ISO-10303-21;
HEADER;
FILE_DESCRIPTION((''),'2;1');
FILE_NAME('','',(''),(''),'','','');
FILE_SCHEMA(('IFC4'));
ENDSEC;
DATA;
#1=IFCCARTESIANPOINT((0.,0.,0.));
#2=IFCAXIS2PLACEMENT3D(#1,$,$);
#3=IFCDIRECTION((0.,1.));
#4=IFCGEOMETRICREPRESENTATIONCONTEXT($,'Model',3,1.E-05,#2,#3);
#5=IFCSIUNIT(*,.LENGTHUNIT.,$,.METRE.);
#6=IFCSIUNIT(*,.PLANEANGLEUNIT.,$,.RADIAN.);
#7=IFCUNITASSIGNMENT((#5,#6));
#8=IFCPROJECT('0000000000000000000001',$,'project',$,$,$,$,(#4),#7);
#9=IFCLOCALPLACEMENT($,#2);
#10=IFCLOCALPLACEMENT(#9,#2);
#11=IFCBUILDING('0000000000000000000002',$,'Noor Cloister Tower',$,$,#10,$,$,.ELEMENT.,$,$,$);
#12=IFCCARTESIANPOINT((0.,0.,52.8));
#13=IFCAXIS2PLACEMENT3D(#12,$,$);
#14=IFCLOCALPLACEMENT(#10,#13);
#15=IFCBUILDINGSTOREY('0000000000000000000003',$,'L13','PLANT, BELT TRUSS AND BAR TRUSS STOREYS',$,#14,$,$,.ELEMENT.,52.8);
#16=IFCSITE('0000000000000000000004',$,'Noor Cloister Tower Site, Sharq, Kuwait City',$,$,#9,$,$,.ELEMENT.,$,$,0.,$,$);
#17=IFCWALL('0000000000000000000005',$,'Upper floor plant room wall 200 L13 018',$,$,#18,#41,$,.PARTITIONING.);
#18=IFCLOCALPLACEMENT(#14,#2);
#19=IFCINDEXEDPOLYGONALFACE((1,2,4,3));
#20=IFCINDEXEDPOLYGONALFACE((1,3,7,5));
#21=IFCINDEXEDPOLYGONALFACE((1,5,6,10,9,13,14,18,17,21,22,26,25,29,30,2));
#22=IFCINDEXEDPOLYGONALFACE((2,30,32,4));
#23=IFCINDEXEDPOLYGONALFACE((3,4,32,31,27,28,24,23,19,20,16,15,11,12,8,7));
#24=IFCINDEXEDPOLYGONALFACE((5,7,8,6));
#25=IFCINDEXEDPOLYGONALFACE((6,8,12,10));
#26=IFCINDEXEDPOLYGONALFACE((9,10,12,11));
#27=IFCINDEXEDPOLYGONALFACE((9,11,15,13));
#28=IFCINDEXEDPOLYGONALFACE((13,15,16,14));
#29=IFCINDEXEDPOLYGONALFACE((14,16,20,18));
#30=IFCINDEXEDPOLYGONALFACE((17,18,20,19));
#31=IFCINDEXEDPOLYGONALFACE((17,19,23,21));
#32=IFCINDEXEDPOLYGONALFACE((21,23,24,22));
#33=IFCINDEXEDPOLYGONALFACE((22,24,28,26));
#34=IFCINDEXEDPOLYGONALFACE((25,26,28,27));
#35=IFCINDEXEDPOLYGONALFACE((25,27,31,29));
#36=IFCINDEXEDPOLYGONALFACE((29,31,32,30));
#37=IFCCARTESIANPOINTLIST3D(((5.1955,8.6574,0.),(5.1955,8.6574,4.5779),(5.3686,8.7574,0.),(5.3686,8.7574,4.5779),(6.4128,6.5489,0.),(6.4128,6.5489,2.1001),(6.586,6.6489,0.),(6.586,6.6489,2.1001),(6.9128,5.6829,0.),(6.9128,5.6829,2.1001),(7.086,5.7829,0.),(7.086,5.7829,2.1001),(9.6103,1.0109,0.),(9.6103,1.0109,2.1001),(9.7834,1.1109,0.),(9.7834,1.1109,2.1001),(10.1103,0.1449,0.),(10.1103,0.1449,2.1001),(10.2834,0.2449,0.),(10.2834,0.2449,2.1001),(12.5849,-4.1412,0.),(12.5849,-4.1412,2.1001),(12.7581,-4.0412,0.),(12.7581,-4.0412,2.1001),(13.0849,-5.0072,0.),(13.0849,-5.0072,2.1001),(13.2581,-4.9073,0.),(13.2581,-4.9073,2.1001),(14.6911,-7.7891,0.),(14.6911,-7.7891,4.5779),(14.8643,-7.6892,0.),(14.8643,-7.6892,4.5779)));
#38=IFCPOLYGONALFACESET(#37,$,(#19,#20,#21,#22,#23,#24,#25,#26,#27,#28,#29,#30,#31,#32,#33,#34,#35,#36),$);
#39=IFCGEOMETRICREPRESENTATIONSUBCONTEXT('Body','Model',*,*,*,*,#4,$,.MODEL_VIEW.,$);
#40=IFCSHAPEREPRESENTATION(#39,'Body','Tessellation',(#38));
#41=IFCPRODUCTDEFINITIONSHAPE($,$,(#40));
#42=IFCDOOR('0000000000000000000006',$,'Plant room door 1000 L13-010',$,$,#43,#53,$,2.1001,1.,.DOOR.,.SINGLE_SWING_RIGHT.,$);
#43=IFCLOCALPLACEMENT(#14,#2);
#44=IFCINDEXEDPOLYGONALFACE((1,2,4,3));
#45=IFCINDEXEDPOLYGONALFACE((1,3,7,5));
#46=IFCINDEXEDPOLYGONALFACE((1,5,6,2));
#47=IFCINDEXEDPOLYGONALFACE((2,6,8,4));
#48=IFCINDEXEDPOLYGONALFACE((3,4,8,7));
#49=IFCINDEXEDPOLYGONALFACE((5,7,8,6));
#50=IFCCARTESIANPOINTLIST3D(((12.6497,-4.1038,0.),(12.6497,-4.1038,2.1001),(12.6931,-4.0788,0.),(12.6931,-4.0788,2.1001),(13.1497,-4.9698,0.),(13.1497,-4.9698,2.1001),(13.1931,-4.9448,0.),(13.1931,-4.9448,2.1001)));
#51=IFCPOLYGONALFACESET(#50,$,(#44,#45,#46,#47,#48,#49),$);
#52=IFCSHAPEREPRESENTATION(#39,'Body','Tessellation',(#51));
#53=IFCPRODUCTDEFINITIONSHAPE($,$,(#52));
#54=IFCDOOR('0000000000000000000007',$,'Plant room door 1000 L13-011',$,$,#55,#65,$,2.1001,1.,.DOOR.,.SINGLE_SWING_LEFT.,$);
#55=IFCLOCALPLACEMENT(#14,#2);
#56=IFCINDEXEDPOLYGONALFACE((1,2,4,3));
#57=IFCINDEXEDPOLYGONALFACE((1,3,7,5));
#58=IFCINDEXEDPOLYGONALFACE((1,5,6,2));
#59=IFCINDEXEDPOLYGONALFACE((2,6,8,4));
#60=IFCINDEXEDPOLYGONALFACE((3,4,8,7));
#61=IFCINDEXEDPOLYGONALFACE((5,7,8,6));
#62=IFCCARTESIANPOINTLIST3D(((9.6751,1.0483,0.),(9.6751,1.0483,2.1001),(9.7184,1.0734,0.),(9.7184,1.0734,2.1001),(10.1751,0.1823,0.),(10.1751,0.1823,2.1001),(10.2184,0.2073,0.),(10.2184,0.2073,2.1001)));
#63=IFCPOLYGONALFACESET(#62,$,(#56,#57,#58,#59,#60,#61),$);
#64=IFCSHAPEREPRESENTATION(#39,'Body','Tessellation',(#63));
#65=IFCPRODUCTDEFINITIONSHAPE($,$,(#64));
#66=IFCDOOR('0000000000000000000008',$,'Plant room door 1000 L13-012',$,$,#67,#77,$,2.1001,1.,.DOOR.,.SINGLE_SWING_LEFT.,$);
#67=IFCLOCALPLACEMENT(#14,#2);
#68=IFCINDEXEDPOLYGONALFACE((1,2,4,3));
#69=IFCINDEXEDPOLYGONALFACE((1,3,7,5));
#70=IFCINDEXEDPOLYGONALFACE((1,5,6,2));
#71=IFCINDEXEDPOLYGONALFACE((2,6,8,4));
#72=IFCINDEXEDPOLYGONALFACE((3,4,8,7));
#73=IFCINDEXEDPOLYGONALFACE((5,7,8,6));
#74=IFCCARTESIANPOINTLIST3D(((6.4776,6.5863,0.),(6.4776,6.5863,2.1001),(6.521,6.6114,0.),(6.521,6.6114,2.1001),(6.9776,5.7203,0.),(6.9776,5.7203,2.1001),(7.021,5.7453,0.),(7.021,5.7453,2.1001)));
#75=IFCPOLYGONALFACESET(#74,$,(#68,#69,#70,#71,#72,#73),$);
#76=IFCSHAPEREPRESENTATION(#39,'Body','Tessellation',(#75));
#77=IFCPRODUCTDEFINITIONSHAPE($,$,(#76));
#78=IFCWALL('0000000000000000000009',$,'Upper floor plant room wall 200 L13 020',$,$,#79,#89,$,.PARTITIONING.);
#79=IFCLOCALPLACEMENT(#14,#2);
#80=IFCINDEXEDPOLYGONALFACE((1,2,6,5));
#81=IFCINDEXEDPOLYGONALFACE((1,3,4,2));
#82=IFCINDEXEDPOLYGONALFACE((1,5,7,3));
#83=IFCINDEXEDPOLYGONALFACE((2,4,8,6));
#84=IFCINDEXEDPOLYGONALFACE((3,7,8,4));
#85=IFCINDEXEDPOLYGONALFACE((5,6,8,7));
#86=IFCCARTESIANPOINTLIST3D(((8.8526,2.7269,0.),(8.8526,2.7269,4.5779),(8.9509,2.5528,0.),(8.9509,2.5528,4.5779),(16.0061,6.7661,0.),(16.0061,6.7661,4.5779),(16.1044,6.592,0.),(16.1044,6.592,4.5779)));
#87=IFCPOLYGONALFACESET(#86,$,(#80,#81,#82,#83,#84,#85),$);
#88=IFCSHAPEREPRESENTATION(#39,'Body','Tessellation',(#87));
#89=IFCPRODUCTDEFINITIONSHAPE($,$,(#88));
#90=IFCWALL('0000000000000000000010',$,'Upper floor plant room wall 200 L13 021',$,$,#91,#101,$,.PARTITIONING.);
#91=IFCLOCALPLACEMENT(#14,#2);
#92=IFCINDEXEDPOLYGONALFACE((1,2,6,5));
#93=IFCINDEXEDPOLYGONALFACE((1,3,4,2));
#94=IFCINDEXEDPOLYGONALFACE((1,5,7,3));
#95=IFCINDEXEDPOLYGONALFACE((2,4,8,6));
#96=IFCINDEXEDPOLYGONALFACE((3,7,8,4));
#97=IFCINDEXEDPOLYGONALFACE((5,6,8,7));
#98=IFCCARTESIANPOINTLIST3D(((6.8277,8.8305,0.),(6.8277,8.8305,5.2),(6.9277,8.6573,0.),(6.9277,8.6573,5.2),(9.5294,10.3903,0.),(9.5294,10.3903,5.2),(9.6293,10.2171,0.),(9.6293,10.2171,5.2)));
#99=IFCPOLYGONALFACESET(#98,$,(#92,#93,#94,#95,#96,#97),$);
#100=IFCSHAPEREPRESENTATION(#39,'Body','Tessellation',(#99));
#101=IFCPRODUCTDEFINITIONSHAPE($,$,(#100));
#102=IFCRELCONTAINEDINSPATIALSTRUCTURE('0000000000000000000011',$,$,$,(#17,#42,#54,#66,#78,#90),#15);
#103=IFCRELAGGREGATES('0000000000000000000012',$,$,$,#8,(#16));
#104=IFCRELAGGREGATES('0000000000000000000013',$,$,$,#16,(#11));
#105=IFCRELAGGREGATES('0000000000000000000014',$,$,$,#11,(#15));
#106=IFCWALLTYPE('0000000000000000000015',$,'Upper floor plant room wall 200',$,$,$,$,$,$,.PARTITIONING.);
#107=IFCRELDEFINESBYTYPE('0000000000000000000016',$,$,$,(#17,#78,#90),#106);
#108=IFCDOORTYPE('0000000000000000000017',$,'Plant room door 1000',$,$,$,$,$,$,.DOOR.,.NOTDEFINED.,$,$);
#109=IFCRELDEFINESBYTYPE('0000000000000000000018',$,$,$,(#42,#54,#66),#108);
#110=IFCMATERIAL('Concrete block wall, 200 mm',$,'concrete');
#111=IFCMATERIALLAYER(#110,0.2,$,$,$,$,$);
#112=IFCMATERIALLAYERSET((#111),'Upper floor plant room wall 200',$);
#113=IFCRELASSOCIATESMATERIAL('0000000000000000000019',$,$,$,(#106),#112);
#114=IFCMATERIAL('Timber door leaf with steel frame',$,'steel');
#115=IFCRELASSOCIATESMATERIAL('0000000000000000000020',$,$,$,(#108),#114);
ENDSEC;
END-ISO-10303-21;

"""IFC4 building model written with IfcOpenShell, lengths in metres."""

from ifc_helpers import new_model, si_unit, direction, frame, frame_2d, origin, place, context, subcontext, project, spatial, rectangle, extrude, material, layer, layer_set, type_object, element, fill, save


model = new_model("IFC4")

# Units and contexts
model_context = context("Model", 3, precision=1e-05, world=origin(), true_north=direction((0.0, 1.0)))
body_context = subcontext(model_context, "Body", "Model", "MODEL_VIEW")
ifc_project = project(units=[si_unit("LENGTHUNIT", "METRE"), si_unit("PLANEANGLEUNIT", "RADIAN")], contexts=[model_context])

# Site, building, storey
site_placement = place(None, origin())
site = spatial("IfcSite", under=ifc_project, at=site_placement, Name="Noor Cloister Tower Site, Sharq, Kuwait City", CompositionType="ELEMENT", RefElevation=0.0)
building_placement = place(site_placement, origin())
building = spatial("IfcBuilding", under=site, at=building_placement, Name="Noor Cloister Tower", CompositionType="ELEMENT")
storey_placement = place(building_placement, frame((0.0, 0.0, 52.8)))
storey = spatial("IfcBuildingStorey", under=building, at=storey_placement, Name="L13", Description="PLANT, BELT TRUSS AND BAR TRUSS STOREYS", CompositionType="ELEMENT", Elevation=52.8)

# Shared definitions
ifc_material_1 = material(Name="Concrete block wall, 200 mm", Category="concrete")
ifc_layer_1 = layer(ifc_material_1, 0.2)
ifc_layer_set_1 = layer_set([ifc_layer_1], Name="Upper floor plant room wall 200")
wall_type_1 = type_object("IfcWallType", Name="Upper floor plant room wall 200", PredefinedType="PARTITIONING", material=ifc_layer_set_1)

# Wall, openings, doors
wall_1_placement = place(storey_placement, frame((5.282, 8.7075, 0.0), z_axis=(0.0, 0.0, 1.0), x_axis=(0.500008, -0.866021, 0.0)))
wall_1 = element("IfcWall", 1, at=wall_1_placement, inside=storey, type_object=wall_type_1, Name="Upper floor plant room wall 200 L13 018", PredefinedType="PARTITIONING", context=body_context, shape_type="SweptSolid", body=[
    extrude(rectangle(XDim=18.991, YDim=0.2, at=frame_2d((9.4956, 0.0))), origin(), (0.0, 0.0, 1.0), 4.5779),
])
opening_1_placement = place(wall_1_placement, frame((14.7788, 0.0, 0.0)))
opening_1 = element("IfcOpeningElement", 2, at=opening_1_placement, cuts=wall_1, PredefinedType="OPENING", context=body_context, shape_type="SweptSolid", body=[
    extrude(rectangle(XDim=1.0, YDim=2.1001, at=frame_2d((0.5, 1.05))), frame((0.0, 0.1099, 0.0), z_axis=(0.0, -1.0, 0.0), x_axis=(1.0, 0.0, 0.0)), (0.0, 0.0, 1.0), 0.22),
])
opening_2_placement = place(wall_1_placement, frame((8.8296, 0.0, 0.0)))
opening_2 = element("IfcOpeningElement", 3, at=opening_2_placement, cuts=wall_1, PredefinedType="OPENING", context=body_context, shape_type="SweptSolid", body=[
    extrude(rectangle(XDim=1.0, YDim=2.1001, at=frame_2d((0.5, 1.05))), frame((0.0, 0.1099, 0.0), z_axis=(0.0, -1.0, 0.0), x_axis=(1.0, 0.0, 0.0)), (0.0, 0.0, 1.0), 0.22),
])
opening_3_placement = place(wall_1_placement, frame((2.4348, 0.0, 0.0)))
opening_3 = element("IfcOpeningElement", 4, at=opening_3_placement, cuts=wall_1, PredefinedType="OPENING", context=body_context, shape_type="SweptSolid", body=[
    extrude(rectangle(XDim=1.0, YDim=2.1001, at=frame_2d((0.5, 1.05))), frame((0.0, 0.1099, 0.0), z_axis=(0.0, -1.0, 0.0), x_axis=(1.0, 0.0, 0.0)), (0.0, 0.0, 1.0), 0.22),
])
ifc_material_2 = material(Name="Timber door leaf with steel frame", Category="steel")
door_type_1 = type_object("IfcDoorType", Name="Plant room door 1000", OperationType="NOTDEFINED", PredefinedType="DOOR", material=ifc_material_2)
door_1_placement = place(opening_1_placement, origin())
door_1 = element("IfcDoor", 5, at=door_1_placement, inside=storey, type_object=door_type_1, Name="Plant room door 1000 L13-010", OperationType="SINGLE_SWING_RIGHT", OverallHeight=2.1001, OverallWidth=1.0, PredefinedType="DOOR", context=body_context, shape_type="SweptSolid", body=[
    extrude(rectangle(XDim=1.0, YDim=2.1001, at=frame_2d((0.5, 1.05))), frame((0.0, 0.0249, 0.0), z_axis=(0.0, -1.0, 0.0), x_axis=(1.0, 0.0, 0.0)), (0.0, 0.0, 1.0), 0.05),
])
fill(opening_1, door_1)
door_2_placement = place(opening_2_placement, origin())
door_2 = element("IfcDoor", 6, at=door_2_placement, inside=storey, type_object=door_type_1, Name="Plant room door 1000 L13-011", OperationType="SINGLE_SWING_LEFT", OverallHeight=2.1001, OverallWidth=1.0, PredefinedType="DOOR", context=body_context, shape_type="SweptSolid", body=[
    extrude(rectangle(XDim=1.0, YDim=2.1001, at=frame_2d((0.5, 1.05))), frame((0.0, 0.0249, 0.0), z_axis=(0.0, -1.0, 0.0), x_axis=(1.0, 0.0, 0.0)), (0.0, 0.0, 1.0), 0.05),
])
fill(opening_2, door_2)
door_3_placement = place(opening_3_placement, origin())
door_3 = element("IfcDoor", 7, at=door_3_placement, inside=storey, type_object=door_type_1, Name="Plant room door 1000 L13-012", OperationType="SINGLE_SWING_LEFT", OverallHeight=2.1001, OverallWidth=1.0, PredefinedType="DOOR", context=body_context, shape_type="SweptSolid", body=[
    extrude(rectangle(XDim=1.0, YDim=2.1001, at=frame_2d((0.5, 1.05))), frame((0.0, 0.0249, 0.0), z_axis=(0.0, -1.0, 0.0), x_axis=(1.0, 0.0, 0.0)), (0.0, 0.0, 1.0), 0.05),
])
fill(opening_3, door_3)

# Walls
wall_2_placement = place(storey_placement, frame((8.9019, 2.6399, 0.0), z_axis=(0.0, 0.0, 1.0), x_axis=(0.870772, 0.491687, 0.0)))
element("IfcWall", 8, at=wall_2_placement, inside=storey, type_object=wall_type_1, Name="Upper floor plant room wall 200 L13 020", PredefinedType="PARTITIONING", context=body_context, shape_type="SweptSolid", body=[
    extrude(rectangle(XDim=8.2151, YDim=0.2, at=frame_2d((4.1074, 0.0))), origin(), (0.0, 0.0, 1.0), 4.5779),
])
wall_3_placement = place(storey_placement, frame((6.8777, 8.7439, 0.0), z_axis=(0.0, 0.0, 1.0), x_axis=(0.866024, 0.500002, 0.0)))
element("IfcWall", 9, at=wall_3_placement, inside=storey, type_object=wall_type_1, Name="Upper floor plant room wall 200 L13 021", PredefinedType="PARTITIONING", context=body_context, shape_type="SweptSolid", body=[
    extrude(rectangle(XDim=3.1196, YDim=0.2, at=frame_2d((1.5598, 0.0))), origin(), (0.0, 0.0, 1.0), 5.2),
])

save(model, "model.ifc")
